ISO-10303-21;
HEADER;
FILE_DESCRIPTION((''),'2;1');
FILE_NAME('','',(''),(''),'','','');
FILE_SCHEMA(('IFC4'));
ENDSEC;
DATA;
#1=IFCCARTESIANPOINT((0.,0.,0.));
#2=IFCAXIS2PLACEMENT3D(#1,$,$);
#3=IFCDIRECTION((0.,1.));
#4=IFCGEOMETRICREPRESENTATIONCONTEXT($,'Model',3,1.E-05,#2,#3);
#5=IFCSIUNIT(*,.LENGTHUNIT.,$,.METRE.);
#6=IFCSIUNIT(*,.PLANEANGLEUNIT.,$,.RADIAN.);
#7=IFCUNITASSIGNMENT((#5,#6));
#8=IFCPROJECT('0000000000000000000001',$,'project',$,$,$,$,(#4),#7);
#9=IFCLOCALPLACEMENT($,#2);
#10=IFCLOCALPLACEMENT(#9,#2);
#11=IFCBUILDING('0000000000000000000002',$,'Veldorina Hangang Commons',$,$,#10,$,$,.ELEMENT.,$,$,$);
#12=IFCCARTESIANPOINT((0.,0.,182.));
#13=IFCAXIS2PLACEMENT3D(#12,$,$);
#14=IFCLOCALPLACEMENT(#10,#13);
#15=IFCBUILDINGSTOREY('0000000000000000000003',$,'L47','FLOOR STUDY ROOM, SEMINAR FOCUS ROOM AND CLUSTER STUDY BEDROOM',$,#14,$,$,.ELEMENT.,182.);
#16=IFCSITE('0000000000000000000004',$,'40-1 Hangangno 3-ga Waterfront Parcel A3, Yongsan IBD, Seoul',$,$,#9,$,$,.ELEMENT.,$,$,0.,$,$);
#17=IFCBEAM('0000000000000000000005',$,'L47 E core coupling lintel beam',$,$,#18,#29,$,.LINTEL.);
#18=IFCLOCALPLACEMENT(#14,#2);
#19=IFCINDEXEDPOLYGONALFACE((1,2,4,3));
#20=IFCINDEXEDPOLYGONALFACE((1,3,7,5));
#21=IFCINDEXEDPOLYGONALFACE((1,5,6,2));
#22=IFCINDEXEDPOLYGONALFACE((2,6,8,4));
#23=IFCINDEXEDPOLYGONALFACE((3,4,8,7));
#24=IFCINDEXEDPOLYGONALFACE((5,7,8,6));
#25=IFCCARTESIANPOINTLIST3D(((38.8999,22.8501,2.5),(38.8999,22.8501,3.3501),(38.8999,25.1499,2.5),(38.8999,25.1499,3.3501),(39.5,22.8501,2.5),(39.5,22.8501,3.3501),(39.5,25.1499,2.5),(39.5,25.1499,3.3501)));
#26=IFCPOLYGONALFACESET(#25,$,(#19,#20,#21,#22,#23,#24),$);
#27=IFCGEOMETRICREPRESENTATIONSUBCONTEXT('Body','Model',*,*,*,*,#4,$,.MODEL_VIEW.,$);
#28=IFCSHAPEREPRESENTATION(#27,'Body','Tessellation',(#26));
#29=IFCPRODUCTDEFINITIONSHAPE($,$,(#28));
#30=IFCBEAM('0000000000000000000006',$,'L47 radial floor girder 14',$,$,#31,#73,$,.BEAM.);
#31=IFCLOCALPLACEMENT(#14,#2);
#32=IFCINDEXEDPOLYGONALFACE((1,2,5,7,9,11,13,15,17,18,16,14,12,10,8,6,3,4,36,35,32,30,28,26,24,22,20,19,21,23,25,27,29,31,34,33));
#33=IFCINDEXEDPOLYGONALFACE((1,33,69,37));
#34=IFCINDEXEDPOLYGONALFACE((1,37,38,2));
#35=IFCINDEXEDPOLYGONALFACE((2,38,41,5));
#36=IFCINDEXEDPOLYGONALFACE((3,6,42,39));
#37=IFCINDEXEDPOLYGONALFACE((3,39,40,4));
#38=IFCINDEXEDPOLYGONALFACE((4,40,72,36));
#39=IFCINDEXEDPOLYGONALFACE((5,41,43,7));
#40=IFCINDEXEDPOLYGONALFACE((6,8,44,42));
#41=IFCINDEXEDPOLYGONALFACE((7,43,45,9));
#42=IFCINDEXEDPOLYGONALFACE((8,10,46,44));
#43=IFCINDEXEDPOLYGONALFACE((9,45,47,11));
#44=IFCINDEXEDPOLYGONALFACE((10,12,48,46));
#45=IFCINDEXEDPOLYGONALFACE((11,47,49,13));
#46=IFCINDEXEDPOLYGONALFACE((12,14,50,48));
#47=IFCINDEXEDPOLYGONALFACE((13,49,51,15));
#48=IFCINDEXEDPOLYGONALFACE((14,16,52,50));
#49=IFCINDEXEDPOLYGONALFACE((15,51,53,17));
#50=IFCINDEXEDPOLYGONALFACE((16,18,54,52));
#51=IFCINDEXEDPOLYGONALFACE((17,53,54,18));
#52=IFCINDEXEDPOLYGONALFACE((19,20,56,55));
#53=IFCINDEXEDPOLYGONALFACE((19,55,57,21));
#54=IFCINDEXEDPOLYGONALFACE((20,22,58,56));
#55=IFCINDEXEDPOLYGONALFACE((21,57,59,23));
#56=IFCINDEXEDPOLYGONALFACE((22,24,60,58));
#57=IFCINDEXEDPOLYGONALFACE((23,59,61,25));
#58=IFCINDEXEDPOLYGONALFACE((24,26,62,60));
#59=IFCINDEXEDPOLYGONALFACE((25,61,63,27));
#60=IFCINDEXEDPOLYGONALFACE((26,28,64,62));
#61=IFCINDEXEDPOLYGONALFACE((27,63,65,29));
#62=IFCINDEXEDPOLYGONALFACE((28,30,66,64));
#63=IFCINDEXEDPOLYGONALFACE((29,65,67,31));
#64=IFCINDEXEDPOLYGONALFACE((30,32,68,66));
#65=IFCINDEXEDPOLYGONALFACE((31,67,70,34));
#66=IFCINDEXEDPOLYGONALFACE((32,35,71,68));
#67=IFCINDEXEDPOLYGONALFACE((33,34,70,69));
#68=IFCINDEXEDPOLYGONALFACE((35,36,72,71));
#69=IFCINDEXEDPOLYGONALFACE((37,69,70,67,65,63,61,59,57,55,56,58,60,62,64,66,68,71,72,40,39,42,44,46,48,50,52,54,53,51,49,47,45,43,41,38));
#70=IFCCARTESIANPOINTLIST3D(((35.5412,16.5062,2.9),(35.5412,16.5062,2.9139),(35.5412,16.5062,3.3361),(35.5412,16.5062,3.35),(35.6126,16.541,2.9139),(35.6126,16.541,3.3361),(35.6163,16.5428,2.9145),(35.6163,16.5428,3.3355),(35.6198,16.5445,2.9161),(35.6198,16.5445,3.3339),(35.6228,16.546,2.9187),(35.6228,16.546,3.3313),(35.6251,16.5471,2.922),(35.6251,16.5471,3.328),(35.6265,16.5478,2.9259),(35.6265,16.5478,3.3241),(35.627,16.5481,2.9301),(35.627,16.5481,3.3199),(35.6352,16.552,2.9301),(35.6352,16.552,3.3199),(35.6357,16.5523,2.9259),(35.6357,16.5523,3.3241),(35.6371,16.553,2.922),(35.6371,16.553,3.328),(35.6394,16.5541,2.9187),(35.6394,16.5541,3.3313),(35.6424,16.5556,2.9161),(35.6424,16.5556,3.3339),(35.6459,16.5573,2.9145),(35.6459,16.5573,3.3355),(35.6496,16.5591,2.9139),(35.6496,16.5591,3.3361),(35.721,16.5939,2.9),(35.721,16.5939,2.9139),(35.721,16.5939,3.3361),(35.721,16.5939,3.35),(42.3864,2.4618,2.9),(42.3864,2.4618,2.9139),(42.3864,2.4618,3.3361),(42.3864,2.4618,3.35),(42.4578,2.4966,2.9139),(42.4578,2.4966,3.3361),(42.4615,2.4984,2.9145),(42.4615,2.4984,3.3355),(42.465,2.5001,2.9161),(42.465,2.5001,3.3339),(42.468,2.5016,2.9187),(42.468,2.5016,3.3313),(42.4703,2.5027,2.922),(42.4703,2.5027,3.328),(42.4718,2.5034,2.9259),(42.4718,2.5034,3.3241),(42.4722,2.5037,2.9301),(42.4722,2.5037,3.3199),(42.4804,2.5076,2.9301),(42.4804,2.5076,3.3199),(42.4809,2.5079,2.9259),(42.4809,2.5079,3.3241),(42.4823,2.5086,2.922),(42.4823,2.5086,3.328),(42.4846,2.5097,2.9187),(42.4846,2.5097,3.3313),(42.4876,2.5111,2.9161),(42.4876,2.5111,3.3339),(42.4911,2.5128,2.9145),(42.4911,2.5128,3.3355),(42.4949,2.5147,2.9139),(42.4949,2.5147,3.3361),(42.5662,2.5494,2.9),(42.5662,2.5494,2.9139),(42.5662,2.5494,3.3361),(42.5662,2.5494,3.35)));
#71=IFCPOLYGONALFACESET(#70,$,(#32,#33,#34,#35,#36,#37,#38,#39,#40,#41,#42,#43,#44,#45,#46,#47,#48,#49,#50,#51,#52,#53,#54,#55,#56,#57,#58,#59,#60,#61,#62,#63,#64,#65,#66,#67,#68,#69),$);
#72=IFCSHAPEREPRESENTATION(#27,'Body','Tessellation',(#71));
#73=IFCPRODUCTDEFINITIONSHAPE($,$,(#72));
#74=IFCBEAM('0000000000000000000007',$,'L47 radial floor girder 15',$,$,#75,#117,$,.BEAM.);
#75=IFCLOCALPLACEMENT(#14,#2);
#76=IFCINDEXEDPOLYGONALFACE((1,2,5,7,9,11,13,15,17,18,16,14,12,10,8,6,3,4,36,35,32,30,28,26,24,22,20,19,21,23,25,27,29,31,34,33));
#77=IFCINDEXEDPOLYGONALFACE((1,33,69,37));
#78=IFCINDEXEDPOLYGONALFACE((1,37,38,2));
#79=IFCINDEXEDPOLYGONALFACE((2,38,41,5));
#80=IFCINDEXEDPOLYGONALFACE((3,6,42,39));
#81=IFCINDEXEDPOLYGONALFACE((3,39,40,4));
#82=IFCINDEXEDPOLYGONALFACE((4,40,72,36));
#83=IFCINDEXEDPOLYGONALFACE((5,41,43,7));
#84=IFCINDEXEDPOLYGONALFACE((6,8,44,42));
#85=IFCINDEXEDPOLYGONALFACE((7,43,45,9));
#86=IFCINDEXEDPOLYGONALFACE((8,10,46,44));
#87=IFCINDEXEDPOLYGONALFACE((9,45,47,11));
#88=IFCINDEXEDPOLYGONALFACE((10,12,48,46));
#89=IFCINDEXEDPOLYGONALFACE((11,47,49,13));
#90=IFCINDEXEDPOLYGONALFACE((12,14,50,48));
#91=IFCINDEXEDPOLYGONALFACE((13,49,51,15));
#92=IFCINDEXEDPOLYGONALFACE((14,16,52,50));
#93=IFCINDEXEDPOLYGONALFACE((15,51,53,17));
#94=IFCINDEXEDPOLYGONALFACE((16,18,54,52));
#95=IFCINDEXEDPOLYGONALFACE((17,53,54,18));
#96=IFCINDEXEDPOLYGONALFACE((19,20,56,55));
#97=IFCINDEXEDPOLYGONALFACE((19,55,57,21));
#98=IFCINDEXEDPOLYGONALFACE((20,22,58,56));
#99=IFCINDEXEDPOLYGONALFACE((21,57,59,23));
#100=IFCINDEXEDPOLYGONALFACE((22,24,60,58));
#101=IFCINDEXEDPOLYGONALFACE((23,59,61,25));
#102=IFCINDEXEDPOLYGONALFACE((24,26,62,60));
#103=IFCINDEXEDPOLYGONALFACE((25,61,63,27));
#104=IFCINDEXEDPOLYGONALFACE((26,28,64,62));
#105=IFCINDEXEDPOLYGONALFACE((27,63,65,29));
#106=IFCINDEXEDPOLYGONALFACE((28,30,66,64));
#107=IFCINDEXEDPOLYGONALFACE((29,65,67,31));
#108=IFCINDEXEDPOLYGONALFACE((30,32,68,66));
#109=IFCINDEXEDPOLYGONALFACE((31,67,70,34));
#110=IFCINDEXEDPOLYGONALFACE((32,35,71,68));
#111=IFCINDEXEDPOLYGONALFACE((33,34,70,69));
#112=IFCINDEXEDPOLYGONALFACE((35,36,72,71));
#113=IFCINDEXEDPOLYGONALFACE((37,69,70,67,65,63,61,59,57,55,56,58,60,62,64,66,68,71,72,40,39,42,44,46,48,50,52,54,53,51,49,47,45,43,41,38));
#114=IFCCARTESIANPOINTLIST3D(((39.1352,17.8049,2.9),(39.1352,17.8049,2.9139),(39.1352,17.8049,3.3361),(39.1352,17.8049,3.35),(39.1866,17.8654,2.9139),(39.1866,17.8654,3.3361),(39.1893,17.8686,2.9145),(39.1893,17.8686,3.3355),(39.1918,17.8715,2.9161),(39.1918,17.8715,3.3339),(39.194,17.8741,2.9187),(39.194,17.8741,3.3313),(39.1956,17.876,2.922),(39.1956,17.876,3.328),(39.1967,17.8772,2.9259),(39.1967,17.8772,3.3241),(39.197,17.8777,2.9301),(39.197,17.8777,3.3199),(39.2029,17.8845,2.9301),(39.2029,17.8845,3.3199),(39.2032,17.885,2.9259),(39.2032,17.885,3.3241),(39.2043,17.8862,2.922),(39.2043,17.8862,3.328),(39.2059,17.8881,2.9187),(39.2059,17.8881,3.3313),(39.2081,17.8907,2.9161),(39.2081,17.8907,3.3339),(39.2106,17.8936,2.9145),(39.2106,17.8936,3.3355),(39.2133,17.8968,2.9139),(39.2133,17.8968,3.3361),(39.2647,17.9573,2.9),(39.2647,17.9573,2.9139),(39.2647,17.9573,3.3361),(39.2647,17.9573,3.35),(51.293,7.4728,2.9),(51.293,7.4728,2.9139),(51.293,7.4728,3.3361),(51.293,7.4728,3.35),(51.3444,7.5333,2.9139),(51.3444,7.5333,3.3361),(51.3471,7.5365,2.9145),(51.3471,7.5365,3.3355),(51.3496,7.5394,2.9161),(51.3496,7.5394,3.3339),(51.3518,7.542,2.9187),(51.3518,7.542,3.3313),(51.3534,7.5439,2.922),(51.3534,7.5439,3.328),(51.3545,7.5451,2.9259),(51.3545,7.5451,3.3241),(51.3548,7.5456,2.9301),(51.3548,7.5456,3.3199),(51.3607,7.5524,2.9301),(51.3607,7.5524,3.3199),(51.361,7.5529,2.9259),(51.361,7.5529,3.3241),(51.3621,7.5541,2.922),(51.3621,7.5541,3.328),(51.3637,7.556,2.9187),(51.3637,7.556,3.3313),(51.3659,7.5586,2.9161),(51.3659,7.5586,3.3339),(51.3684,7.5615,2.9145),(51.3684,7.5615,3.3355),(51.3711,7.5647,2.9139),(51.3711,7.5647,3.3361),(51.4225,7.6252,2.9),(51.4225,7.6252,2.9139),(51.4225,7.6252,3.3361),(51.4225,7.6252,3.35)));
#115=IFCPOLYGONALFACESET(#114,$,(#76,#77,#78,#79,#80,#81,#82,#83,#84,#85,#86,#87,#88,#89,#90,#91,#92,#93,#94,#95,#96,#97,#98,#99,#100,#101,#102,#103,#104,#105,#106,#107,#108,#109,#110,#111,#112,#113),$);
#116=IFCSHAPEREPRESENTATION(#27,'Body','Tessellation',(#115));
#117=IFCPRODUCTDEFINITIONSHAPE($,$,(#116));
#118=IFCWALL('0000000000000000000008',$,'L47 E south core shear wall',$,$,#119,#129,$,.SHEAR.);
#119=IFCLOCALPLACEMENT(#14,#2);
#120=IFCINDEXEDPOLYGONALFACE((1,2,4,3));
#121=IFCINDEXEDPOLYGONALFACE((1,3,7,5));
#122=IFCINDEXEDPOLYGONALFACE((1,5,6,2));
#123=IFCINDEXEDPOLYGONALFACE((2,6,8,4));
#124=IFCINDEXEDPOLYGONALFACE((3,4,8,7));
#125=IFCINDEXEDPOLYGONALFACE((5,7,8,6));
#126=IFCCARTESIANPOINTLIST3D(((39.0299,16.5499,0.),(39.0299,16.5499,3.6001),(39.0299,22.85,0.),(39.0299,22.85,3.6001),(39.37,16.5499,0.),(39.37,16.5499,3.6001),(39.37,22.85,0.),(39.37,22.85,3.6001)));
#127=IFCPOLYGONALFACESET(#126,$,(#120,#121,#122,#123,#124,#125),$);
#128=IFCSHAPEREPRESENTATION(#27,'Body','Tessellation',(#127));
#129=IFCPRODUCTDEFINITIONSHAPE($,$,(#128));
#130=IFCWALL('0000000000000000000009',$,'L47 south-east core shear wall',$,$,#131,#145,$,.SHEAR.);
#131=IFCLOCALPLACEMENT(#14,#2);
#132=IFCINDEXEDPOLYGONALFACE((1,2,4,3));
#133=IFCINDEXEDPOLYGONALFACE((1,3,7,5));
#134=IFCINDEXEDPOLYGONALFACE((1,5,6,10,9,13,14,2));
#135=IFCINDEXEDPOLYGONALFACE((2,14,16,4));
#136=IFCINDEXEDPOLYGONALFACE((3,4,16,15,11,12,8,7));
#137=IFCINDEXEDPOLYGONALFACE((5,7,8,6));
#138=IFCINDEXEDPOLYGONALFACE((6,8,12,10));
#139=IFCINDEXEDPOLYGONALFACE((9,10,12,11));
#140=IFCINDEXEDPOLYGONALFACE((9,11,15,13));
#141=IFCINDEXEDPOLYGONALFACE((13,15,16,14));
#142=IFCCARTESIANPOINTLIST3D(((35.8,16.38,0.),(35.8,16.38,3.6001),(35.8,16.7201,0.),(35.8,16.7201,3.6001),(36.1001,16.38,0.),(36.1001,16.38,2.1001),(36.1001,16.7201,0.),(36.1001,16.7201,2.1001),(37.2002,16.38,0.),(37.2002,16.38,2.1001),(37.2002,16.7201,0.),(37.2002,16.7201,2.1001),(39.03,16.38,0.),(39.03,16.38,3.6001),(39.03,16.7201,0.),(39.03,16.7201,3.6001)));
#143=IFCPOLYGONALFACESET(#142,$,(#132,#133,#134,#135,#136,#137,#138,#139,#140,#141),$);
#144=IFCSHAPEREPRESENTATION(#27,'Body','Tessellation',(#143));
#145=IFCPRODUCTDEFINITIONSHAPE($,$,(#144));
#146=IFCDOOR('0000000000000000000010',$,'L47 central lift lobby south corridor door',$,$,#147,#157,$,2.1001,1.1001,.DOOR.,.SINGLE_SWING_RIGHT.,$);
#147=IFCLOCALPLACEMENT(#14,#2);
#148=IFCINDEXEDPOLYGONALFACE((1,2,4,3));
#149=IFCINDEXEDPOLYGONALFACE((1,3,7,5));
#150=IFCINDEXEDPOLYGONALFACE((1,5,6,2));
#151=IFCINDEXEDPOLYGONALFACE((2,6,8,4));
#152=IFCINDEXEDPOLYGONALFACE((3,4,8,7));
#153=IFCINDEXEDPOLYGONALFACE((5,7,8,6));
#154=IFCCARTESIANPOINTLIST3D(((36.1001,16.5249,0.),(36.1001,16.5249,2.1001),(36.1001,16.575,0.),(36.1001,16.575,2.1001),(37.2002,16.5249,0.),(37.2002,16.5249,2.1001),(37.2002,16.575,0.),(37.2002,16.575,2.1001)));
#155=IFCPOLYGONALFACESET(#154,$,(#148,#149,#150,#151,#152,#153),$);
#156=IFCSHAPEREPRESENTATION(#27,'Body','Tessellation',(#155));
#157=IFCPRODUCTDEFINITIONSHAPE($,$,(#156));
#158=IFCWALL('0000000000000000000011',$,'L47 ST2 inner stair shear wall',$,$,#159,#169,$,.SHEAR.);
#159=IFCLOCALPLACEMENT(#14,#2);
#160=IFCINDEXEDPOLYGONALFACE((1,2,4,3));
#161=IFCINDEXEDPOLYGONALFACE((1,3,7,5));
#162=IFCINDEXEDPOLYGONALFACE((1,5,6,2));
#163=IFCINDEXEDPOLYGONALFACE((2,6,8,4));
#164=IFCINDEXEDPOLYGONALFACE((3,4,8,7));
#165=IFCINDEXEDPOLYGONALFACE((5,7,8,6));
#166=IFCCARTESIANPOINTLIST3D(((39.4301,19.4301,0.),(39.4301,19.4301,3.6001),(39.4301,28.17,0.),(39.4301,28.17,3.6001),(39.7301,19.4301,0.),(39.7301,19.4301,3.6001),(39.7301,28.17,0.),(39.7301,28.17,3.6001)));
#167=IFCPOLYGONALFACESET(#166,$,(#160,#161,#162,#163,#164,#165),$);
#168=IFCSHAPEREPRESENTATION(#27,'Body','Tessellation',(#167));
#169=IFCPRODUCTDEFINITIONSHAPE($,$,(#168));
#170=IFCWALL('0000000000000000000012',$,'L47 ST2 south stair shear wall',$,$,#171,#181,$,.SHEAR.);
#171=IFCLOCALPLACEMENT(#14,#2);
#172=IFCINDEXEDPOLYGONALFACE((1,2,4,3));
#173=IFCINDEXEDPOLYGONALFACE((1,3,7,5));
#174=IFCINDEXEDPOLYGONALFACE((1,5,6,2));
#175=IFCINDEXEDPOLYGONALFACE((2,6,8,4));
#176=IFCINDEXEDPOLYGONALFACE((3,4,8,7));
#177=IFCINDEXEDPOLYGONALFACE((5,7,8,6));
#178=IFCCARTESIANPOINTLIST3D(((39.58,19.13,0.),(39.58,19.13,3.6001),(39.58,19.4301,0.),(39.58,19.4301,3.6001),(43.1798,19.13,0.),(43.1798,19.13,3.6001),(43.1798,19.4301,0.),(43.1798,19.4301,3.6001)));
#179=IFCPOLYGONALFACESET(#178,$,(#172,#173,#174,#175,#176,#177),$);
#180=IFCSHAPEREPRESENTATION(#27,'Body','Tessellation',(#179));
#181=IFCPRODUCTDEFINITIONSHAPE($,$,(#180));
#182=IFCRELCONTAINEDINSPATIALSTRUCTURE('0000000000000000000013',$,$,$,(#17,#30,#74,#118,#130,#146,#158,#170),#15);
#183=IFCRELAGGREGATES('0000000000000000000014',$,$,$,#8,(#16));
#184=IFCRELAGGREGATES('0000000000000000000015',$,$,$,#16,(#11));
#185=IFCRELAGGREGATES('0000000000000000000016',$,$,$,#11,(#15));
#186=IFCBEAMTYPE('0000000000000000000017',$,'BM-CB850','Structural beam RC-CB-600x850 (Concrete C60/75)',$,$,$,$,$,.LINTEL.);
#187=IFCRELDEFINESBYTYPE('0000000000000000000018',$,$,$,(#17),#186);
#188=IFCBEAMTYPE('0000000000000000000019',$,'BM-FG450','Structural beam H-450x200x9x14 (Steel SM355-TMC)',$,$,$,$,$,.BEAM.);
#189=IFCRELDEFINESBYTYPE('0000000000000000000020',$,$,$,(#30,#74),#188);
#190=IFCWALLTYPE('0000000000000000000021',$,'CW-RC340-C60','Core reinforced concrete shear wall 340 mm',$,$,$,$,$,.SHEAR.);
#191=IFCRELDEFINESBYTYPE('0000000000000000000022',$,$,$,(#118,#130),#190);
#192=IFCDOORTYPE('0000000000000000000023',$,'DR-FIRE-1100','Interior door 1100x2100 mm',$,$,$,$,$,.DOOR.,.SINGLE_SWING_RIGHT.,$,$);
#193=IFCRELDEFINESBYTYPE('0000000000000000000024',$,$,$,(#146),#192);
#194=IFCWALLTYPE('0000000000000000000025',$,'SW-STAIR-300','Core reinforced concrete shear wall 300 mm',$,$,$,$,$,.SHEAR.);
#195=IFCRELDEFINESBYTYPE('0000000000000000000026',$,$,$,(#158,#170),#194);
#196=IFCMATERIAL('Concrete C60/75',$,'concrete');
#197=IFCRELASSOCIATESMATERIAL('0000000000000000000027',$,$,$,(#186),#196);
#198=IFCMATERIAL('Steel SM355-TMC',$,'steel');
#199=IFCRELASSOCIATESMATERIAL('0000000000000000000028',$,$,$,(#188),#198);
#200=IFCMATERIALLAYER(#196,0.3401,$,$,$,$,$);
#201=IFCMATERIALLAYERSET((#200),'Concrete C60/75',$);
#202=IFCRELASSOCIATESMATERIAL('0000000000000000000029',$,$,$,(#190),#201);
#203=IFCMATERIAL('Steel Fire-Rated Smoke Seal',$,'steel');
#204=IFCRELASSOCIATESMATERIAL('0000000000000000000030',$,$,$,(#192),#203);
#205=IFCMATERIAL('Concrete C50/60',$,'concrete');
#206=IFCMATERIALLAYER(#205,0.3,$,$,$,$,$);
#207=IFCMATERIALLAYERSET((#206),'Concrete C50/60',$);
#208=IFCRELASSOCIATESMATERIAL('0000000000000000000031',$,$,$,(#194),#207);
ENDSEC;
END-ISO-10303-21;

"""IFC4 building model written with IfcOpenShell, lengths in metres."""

from ifc_helpers import new_model, si_unit, direction, frame, frame_2d, origin, origin_2d, place, context, subcontext, project, spatial, rectangle, i_section, extrude, material, layer, layer_set, material_profile, profile_set, type_object, element, fill, save


model = new_model("IFC4")

# Units and contexts
model_context = context("Model", 3, precision=1e-05, world=origin(), true_north=direction((0.0, 1.0)))
body_context = subcontext(model_context, "Body", "Model", "MODEL_VIEW")
ifc_project = project(units=[si_unit("LENGTHUNIT", "METRE"), si_unit("PLANEANGLEUNIT", "RADIAN")], contexts=[model_context])

# Site, building, storey
site_placement = place(None, origin())
site = spatial("IfcSite", under=ifc_project, at=site_placement, Name="40-1 Hangangno 3-ga Waterfront Parcel A3, Yongsan IBD, Seoul", CompositionType="ELEMENT", RefElevation=0.0)
building_placement = place(site_placement, origin())
building = spatial("IfcBuilding", under=site, at=building_placement, Name="Veldorina Hangang Commons", CompositionType="ELEMENT")
storey_placement = place(building_placement, frame((0.0, 0.0, 182.0)))
storey = spatial("IfcBuildingStorey", under=building, at=storey_placement, Name="L47", Description="FLOOR STUDY ROOM, SEMINAR FOCUS ROOM AND CLUSTER STUDY BEDROOM", CompositionType="ELEMENT", Elevation=182.0)

# Beams
ifc_material_1 = material(Name="Concrete C60/75", Category="concrete")
ifc_material_profile_1 = material_profile(ifc_material_1, rectangle(XDim=0.6001, YDim=0.8501, at=origin_2d()), Name="RC-CB-600x850")
ifc_profile_set_1 = profile_set([ifc_material_profile_1], Name="Concrete C60/75")
beam_type_1 = type_object("IfcBeamType", Name="BM-CB850", Description="Structural beam RC-CB-600x850 (Concrete C60/75)", PredefinedType="LINTEL", material=ifc_profile_set_1)
beam_1_placement = place(storey_placement, frame((39.2, 22.8501, 2.925), z_axis=(0.0, 1.0, 0.0), x_axis=(-1.0, 0.0, 0.0)))
element("IfcBeam", 1, at=beam_1_placement, inside=storey, type_object=beam_type_1, Name="L47 E core coupling lintel beam", PredefinedType="LINTEL", context=body_context, shape_type="SweptSolid", body=[
    extrude(rectangle(XDim=0.6001, YDim=0.8501, at=origin_2d()), origin(), (0.0, 0.0, 1.0), 2.2998),
])
ifc_material_2 = material(Name="Steel SM355-TMC", Category="steel")
ifc_material_profile_2 = material_profile(ifc_material_2, i_section(OverallWidth=0.2, OverallDepth=0.45, WebThickness=0.009, FlangeThickness=0.0139, FilletRadius=0.0161, at=origin_2d()), Name="H-450x200x9x14")
ifc_profile_set_2 = profile_set([ifc_material_profile_2], Name="Steel SM355-TMC")
beam_type_2 = type_object("IfcBeamType", Name="BM-FG450", Description="Structural beam H-450x200x9x14 (Steel SM355-TMC)", PredefinedType="BEAM", material=ifc_profile_set_2)
beam_2_placement = place(storey_placement, frame((35.6311, 16.55, 3.125), z_axis=(0.438127, -0.898913, 0.0), x_axis=(0.898913, 0.438127, 0.0)))
element("IfcBeam", 2, at=beam_2_placement, inside=storey, type_object=beam_type_2, Name="L47 radial floor girder 14", PredefinedType="BEAM", context=body_context, shape_type="SweptSolid", body=[
    extrude(i_section(OverallWidth=0.2, OverallDepth=0.45, WebThickness=0.009, FlangeThickness=0.0139, FilletRadius=0.0161, at=origin_2d()), origin(), (0.0, 0.0, 1.0), 15.6238),
])
beam_3_placement = place(storey_placement, frame((39.2, 17.8811, 3.125), z_axis=(0.762002, -0.647575, 0.0), x_axis=(0.647575, 0.762002, 0.0)))
element("IfcBeam", 3, at=beam_3_placement, inside=storey, type_object=beam_type_2, Name="L47 radial floor girder 15", PredefinedType="BEAM", context=body_context, shape_type="SweptSolid", body=[
    extrude(i_section(OverallWidth=0.2, OverallDepth=0.45, WebThickness=0.009, FlangeThickness=0.0139, FilletRadius=0.0161, at=origin_2d()), origin(), (0.0, 0.0, 1.0), 15.9551),
])

# Wall
ifc_layer_1 = layer(ifc_material_1, 0.3401)
ifc_layer_set_1 = layer_set([ifc_layer_1], Name="Concrete C60/75")
wall_type_1 = type_object("IfcWallType", Name="CW-RC340-C60", Description="Core reinforced concrete shear wall 340 mm", PredefinedType="SHEAR", material=ifc_layer_set_1)
wall_1_placement = place(storey_placement, frame((39.2, 16.55, 0.0), z_axis=(0.0, 0.0, 1.0), x_axis=(0.0, 1.0, 0.0)))
element("IfcWall", 4, at=wall_1_placement, inside=storey, type_object=wall_type_1, Name="L47 E south core shear wall", PredefinedType="SHEAR", context=body_context, shape_type="SweptSolid", body=[
    extrude(rectangle(XDim=6.3, YDim=0.3401, at=frame_2d((3.1499, 0.0))), origin(), (0.0, 0.0, 1.0), 3.6001),
])

# Wall, opening, door
wall_2_placement = place(storey_placement, frame((35.8, 16.55, 0.0), z_axis=(0.0, 0.0, 1.0), x_axis=(1.0, 0.0, 0.0)))
wall_2 = element("IfcWall", 5, at=wall_2_placement, inside=storey, type_object=wall_type_1, Name="L47 south-east core shear wall", PredefinedType="SHEAR", context=body_context, shape_type="SweptSolid", body=[
    extrude(rectangle(XDim=3.23, YDim=0.3401, at=frame_2d((1.615, 0.0))), origin(), (0.0, 0.0, 1.0), 3.6001),
])
opening_1_placement = place(wall_2_placement, frame((0.3, 0.0, 0.0)))
opening_1 = element("IfcOpeningElement", 6, at=opening_1_placement, cuts=wall_2, PredefinedType="OPENING", context=body_context, shape_type="SweptSolid", body=[
    extrude(rectangle(XDim=1.1001, YDim=2.1001, at=frame_2d((0.55, 1.05))), frame((0.0, 0.1802, 0.0), z_axis=(0.0, -1.0, 0.0), x_axis=(1.0, 0.0, 0.0)), (0.0, 0.0, 1.0), 0.3601),
])
ifc_material_3 = material(Name="Steel Fire-Rated Smoke Seal", Category="steel")
door_type_1 = type_object("IfcDoorType", Name="DR-FIRE-1100", Description="Interior door 1100x2100 mm", OperationType="SINGLE_SWING_RIGHT", PredefinedType="DOOR", material=ifc_material_3)
door_1_placement = place(opening_1_placement, origin())
door_1 = element("IfcDoor", 7, at=door_1_placement, inside=storey, type_object=door_type_1, Name="L47 central lift lobby south corridor door", OperationType="SINGLE_SWING_RIGHT", OverallHeight=2.1001, OverallWidth=1.1001, PredefinedType="DOOR", context=body_context, shape_type="SweptSolid", body=[
    extrude(rectangle(XDim=1.1001, YDim=2.1001, at=frame_2d((0.55, 1.05))), frame((0.0, 0.0249, 0.0), z_axis=(0.0, -1.0, 0.0), x_axis=(1.0, 0.0, 0.0)), (0.0, 0.0, 1.0), 0.05),
])
fill(opening_1, door_1)

# Walls
ifc_material_4 = material(Name="Concrete C50/60", Category="concrete")
ifc_layer_2 = layer(ifc_material_4, 0.3)
ifc_layer_set_2 = layer_set([ifc_layer_2], Name="Concrete C50/60")
wall_type_2 = type_object("IfcWallType", Name="SW-STAIR-300", Description="Core reinforced concrete shear wall 300 mm", PredefinedType="SHEAR", material=ifc_layer_set_2)
wall_3_placement = place(storey_placement, frame((39.5801, 19.4299, 0.0), z_axis=(0.0, 0.0, 1.0), x_axis=(0.0, 1.0, 0.0)))
element("IfcWall", 8, at=wall_3_placement, inside=storey, type_object=wall_type_2, Name="L47 ST2 inner stair shear wall", PredefinedType="SHEAR", context=body_context, shape_type="SweptSolid", body=[
    extrude(rectangle(XDim=8.74, YDim=0.3, at=frame_2d((4.3701, 0.0))), origin(), (0.0, 0.0, 1.0), 3.6001),
])
wall_4_placement = place(storey_placement, frame((39.5801, 19.28, 0.0), z_axis=(0.0, 0.0, 1.0), x_axis=(1.0, 0.0, 0.0)))
element("IfcWall", 9, at=wall_4_placement, inside=storey, type_object=wall_type_2, Name="L47 ST2 south stair shear wall", PredefinedType="SHEAR", context=body_context, shape_type="SweptSolid", body=[
    extrude(rectangle(XDim=3.5999, YDim=0.3, at=frame_2d((1.7998, 0.0))), origin(), (0.0, 0.0, 1.0), 3.6001),
])

save(model, "model.ifc")
